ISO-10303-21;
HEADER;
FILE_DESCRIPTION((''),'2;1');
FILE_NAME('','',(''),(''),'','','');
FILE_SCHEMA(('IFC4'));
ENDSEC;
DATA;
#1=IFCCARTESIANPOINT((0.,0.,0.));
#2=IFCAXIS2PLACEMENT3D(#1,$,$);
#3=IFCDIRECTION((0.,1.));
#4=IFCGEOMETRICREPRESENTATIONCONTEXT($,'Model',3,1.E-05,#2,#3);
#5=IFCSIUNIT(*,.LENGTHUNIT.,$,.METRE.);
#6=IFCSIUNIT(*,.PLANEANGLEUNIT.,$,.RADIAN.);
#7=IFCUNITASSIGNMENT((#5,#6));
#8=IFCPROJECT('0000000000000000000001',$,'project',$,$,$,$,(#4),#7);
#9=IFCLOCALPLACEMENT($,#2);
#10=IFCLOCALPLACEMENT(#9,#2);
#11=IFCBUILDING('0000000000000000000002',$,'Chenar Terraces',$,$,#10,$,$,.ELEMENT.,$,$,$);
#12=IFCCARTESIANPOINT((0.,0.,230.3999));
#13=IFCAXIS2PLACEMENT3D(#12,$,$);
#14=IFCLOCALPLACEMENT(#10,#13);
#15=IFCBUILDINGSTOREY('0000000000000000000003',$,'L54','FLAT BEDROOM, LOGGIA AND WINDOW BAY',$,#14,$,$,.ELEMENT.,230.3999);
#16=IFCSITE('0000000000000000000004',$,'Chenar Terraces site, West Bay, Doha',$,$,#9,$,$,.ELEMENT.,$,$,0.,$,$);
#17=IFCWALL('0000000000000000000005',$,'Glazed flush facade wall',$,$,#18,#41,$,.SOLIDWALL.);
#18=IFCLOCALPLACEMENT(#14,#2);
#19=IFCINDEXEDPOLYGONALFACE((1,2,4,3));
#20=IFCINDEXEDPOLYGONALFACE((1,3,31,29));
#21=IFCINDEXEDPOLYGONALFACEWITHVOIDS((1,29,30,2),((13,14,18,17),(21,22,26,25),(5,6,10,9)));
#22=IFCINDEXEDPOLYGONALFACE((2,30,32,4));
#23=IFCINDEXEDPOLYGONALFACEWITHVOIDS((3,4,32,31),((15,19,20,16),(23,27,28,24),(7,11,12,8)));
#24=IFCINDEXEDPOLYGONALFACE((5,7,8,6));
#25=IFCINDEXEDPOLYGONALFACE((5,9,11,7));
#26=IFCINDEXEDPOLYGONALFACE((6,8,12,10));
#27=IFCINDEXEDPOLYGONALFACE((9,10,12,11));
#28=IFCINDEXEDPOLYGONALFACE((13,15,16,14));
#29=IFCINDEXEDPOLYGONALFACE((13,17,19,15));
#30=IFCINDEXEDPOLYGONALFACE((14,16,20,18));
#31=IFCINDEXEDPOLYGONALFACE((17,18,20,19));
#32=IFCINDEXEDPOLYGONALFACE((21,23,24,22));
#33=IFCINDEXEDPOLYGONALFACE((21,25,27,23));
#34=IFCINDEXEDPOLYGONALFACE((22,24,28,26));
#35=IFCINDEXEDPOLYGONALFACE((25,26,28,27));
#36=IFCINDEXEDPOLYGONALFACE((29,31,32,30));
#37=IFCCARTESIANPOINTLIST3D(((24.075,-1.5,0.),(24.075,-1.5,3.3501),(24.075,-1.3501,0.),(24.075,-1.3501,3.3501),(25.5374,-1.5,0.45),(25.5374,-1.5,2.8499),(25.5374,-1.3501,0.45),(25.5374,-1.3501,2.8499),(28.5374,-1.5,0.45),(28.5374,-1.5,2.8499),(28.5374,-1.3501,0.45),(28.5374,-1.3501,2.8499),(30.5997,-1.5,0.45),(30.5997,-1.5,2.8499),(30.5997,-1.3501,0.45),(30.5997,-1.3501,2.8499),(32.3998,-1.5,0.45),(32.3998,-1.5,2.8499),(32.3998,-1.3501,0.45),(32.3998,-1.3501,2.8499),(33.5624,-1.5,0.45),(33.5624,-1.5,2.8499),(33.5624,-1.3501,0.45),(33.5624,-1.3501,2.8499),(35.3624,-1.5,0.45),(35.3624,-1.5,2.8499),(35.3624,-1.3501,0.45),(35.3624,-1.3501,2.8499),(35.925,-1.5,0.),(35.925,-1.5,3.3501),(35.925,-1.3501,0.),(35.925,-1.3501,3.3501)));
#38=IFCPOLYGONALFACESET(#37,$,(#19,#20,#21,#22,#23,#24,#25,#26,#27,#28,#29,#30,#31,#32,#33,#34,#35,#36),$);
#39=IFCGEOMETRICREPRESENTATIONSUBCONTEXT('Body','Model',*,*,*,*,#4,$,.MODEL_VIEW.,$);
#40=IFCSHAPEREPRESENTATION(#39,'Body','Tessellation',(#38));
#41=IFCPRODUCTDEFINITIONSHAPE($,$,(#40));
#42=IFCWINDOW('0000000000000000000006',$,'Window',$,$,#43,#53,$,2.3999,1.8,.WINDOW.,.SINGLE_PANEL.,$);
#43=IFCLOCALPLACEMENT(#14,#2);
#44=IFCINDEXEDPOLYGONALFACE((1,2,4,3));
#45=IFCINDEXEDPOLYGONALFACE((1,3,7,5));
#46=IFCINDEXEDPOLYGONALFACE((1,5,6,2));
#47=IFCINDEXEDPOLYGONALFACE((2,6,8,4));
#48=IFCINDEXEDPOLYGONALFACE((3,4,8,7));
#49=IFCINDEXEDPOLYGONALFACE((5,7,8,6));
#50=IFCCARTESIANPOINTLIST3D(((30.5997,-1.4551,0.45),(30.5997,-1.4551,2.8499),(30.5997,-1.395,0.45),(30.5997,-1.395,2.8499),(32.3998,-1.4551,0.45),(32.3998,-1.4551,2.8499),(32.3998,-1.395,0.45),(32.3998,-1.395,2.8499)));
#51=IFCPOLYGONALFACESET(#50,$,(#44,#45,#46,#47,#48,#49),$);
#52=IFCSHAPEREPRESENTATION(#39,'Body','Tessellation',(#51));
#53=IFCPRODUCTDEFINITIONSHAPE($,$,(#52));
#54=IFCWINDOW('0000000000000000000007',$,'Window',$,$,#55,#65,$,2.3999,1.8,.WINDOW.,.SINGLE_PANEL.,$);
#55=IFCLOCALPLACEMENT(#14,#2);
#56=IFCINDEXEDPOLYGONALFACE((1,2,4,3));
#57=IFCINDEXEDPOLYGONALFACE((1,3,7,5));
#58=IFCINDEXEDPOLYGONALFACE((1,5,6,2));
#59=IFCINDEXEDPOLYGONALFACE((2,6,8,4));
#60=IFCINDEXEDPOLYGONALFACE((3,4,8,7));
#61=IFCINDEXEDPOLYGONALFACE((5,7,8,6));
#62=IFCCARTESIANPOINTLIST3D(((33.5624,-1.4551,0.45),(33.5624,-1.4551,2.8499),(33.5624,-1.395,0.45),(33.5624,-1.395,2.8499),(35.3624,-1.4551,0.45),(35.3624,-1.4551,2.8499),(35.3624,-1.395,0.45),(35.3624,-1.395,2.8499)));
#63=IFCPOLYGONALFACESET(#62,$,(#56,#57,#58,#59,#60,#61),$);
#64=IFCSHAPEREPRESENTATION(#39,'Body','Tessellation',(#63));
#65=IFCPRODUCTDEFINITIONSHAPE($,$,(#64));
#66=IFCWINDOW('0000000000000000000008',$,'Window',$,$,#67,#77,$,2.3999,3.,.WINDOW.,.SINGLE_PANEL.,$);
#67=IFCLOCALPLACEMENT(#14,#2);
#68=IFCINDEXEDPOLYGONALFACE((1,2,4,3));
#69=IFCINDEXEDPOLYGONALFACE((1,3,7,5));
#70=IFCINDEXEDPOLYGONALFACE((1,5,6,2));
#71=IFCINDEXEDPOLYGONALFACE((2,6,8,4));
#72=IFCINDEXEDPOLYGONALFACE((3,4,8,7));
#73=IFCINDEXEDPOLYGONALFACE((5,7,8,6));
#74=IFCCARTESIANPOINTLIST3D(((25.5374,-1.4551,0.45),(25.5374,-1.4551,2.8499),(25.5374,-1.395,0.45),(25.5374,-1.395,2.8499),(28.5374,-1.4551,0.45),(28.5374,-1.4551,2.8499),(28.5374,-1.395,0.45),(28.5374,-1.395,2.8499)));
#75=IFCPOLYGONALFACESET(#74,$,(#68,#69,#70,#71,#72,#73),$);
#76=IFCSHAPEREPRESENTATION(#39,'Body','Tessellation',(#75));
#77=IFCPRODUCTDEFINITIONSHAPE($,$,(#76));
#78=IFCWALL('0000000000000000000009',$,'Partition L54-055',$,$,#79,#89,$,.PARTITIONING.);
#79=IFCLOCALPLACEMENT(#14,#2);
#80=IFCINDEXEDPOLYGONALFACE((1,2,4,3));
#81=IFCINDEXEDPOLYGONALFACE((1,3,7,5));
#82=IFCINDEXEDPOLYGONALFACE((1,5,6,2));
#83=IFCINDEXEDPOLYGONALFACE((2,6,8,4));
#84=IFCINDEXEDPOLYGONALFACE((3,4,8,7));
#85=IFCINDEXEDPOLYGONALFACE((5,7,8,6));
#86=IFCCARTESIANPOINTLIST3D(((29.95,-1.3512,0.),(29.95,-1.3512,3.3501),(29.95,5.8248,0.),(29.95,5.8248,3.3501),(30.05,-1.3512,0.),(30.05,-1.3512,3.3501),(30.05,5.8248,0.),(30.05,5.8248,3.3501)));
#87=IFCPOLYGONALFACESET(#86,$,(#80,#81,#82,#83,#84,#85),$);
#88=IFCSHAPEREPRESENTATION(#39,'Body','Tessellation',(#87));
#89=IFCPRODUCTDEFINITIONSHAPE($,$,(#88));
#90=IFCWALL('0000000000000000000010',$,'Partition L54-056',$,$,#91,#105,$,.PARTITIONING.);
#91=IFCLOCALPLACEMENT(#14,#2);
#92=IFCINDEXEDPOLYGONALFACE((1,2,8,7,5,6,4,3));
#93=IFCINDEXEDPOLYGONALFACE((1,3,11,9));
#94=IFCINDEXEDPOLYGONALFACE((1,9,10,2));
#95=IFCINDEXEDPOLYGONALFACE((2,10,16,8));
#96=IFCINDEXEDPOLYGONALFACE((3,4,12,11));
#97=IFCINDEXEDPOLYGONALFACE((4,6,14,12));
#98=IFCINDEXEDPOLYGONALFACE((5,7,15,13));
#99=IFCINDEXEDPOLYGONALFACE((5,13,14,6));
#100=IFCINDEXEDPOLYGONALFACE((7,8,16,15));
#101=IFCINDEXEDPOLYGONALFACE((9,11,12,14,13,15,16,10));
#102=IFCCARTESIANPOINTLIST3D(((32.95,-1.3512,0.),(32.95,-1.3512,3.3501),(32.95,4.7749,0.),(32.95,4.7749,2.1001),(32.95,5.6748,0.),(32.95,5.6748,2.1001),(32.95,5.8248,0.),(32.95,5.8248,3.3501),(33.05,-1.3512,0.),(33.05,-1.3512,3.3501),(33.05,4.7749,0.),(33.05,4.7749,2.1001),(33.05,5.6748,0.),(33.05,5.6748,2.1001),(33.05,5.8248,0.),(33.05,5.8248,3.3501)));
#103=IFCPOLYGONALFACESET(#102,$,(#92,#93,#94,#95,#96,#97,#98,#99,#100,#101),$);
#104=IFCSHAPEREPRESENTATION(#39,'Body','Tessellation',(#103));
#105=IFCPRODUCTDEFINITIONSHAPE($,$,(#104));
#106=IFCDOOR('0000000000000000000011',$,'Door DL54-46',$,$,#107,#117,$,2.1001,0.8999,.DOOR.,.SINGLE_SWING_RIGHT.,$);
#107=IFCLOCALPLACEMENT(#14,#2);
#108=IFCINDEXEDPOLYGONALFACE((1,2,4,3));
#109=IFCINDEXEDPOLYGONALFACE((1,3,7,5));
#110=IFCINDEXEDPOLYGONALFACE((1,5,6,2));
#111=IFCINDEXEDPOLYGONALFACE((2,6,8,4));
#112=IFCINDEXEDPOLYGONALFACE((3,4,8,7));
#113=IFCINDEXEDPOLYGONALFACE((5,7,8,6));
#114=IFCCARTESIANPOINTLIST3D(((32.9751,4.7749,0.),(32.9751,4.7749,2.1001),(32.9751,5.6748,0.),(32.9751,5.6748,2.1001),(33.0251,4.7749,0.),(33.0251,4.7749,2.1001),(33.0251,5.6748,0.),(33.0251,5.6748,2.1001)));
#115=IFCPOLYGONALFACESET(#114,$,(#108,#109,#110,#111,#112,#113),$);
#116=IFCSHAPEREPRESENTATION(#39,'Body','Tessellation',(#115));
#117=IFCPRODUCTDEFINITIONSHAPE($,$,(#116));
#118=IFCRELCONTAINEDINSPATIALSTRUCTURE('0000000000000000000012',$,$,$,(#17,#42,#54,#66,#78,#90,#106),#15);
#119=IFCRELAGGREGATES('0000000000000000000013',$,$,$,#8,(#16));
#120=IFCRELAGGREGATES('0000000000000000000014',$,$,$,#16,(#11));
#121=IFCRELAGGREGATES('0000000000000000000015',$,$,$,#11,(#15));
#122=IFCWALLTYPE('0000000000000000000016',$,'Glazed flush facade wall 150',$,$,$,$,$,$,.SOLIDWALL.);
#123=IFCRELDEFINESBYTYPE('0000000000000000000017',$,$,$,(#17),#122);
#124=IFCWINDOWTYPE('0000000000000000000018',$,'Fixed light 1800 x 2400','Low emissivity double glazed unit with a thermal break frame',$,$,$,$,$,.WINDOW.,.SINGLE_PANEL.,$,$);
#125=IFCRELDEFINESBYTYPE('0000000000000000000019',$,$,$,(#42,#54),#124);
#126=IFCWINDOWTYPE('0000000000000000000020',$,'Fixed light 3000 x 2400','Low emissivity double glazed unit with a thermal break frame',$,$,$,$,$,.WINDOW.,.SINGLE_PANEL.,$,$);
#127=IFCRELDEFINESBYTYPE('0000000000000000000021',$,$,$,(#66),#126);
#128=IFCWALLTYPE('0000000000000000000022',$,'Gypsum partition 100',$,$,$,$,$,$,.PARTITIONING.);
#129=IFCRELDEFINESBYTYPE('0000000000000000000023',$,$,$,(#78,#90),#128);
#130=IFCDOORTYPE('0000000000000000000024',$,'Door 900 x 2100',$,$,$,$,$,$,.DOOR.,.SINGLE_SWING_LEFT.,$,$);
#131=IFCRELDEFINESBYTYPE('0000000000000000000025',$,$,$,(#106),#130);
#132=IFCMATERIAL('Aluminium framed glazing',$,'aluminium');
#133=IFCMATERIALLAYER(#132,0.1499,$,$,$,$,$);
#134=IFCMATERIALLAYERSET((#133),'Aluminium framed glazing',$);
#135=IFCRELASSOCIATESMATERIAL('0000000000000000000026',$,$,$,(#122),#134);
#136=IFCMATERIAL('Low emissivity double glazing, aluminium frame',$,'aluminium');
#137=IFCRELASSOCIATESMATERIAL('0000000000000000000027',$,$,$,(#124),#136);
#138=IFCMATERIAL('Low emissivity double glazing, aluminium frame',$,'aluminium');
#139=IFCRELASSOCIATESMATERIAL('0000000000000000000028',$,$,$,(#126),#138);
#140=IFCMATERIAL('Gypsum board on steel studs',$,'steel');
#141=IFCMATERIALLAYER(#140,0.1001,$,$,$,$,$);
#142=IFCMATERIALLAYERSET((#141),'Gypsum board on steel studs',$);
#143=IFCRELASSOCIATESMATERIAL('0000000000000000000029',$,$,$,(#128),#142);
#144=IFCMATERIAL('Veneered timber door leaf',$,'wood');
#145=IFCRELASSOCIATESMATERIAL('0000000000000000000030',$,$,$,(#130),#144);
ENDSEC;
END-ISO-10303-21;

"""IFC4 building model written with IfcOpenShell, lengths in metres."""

from ifc_helpers import new_model, si_unit, direction, frame, frame_2d, origin, place, context, subcontext, project, spatial, rectangle, extrude, material, layer, layer_set, type_object, element, fill, save


model = new_model("IFC4")

# Units and contexts
model_context = context("Model", 3, precision=1e-05, world=origin(), true_north=direction((0.0, 1.0)))
body_context = subcontext(model_context, "Body", "Model", "MODEL_VIEW")
ifc_project = project(units=[si_unit("LENGTHUNIT", "METRE"), si_unit("PLANEANGLEUNIT", "RADIAN")], contexts=[model_context])

# Site, building, storey
site_placement = place(None, origin())
site = spatial("IfcSite", under=ifc_project, at=site_placement, Name="Chenar Terraces site, West Bay, Doha", CompositionType="ELEMENT", RefElevation=0.0)
building_placement = place(site_placement, origin())
building = spatial("IfcBuilding", under=site, at=building_placement, Name="Chenar Terraces", CompositionType="ELEMENT")
storey_placement = place(building_placement, frame((0.0, 0.0, 230.3999)))
storey = spatial("IfcBuildingStorey", under=building, at=storey_placement, Name="L54", Description="FLAT BEDROOM, LOGGIA AND WINDOW BAY", CompositionType="ELEMENT", Elevation=230.3999)

# Wall, openings, windows
ifc_material_1 = material(Name="Aluminium framed glazing", Category="aluminium")
ifc_layer_1 = layer(ifc_material_1, 0.1499)
ifc_layer_set_1 = layer_set([ifc_layer_1], Name="Aluminium framed glazing")
wall_type_1 = type_object("IfcWallType", Name="Glazed flush facade wall 150", PredefinedType="SOLIDWALL", material=ifc_layer_set_1)
wall_1_placement = place(storey_placement, frame((24.075, -1.425, 0.0), z_axis=(0.0, 0.0, 1.0), x_axis=(1.0, 0.0, 0.0)))
wall_1 = element("IfcWall", 1, at=wall_1_placement, inside=storey, type_object=wall_type_1, Name="Glazed flush facade wall", PredefinedType="SOLIDWALL", context=body_context, shape_type="SweptSolid", body=[
    extrude(rectangle(XDim=11.8501, YDim=0.1499, at=frame_2d((5.925, 0.0))), origin(), (0.0, 0.0, 1.0), 3.3501),
])
opening_1_placement = place(wall_1_placement, frame((1.4624, 0.0, 0.45)))
opening_1 = element("IfcOpeningElement", 2, at=opening_1_placement, cuts=wall_1, PredefinedType="OPENING", context=body_context, shape_type="SweptSolid", body=[
    extrude(rectangle(XDim=3.0, YDim=2.3999, at=frame_2d((1.5, 1.2))), frame((0.0, 0.085, 0.0), z_axis=(0.0, -1.0, 0.0), x_axis=(1.0, 0.0, 0.0)), (0.0, 0.0, 1.0), 0.1699),
])
opening_2_placement = place(wall_1_placement, frame((6.5249, 0.0, 0.45)))
opening_2 = element("IfcOpeningElement", 3, at=opening_2_placement, cuts=wall_1, PredefinedType="OPENING", context=body_context, shape_type="SweptSolid", body=[
    extrude(rectangle(XDim=1.8, YDim=2.3999, at=frame_2d((0.8999, 1.2))), frame((0.0, 0.085, 0.0), z_axis=(0.0, -1.0, 0.0), x_axis=(1.0, 0.0, 0.0)), (0.0, 0.0, 1.0), 0.1699),
])
opening_3_placement = place(wall_1_placement, frame((9.4875, 0.0, 0.45)))
opening_3 = element("IfcOpeningElement", 4, at=opening_3_placement, cuts=wall_1, PredefinedType="OPENING", context=body_context, shape_type="SweptSolid", body=[
    extrude(rectangle(XDim=1.8, YDim=2.3999, at=frame_2d((0.8999, 1.2))), frame((0.0, 0.085, 0.0), z_axis=(0.0, -1.0, 0.0), x_axis=(1.0, 0.0, 0.0)), (0.0, 0.0, 1.0), 0.1699),
])
ifc_material_2 = material(Name="Low emissivity double glazing, aluminium frame", Category="aluminium")
window_type_1 = type_object("IfcWindowType", Name="Fixed light 1800 x 2400", Description="Low emissivity double glazed unit with a thermal break frame", PartitioningType="SINGLE_PANEL", PredefinedType="WINDOW", material=ifc_material_2)
window_1_placement = place(opening_2_placement, origin())
window_1 = element("IfcWindow", 5, at=window_1_placement, inside=storey, type_object=window_type_1, Name="Window", OverallHeight=2.3999, OverallWidth=1.8, PartitioningType="SINGLE_PANEL", PredefinedType="WINDOW", context=body_context, shape_type="SweptSolid", body=[
    extrude(rectangle(XDim=1.8, YDim=2.3999, at=frame_2d((0.8999, 1.2))), frame((0.0, 0.03, 0.0), z_axis=(0.0, -1.0, 0.0), x_axis=(1.0, 0.0, 0.0)), (0.0, 0.0, 1.0), 0.0601),
])
fill(opening_2, window_1)
window_2_placement = place(opening_3_placement, origin())
window_2 = element("IfcWindow", 6, at=window_2_placement, inside=storey, type_object=window_type_1, Name="Window", OverallHeight=2.3999, OverallWidth=1.8, PartitioningType="SINGLE_PANEL", PredefinedType="WINDOW", context=body_context, shape_type="SweptSolid", body=[
    extrude(rectangle(XDim=1.8, YDim=2.3999, at=frame_2d((0.8999, 1.2))), frame((0.0, 0.03, 0.0), z_axis=(0.0, -1.0, 0.0), x_axis=(1.0, 0.0, 0.0)), (0.0, 0.0, 1.0), 0.0601),
])
fill(opening_3, window_2)
ifc_material_3 = material(Name="Low emissivity double glazing, aluminium frame", Category="aluminium")
window_type_2 = type_object("IfcWindowType", Name="Fixed light 3000 x 2400", Description="Low emissivity double glazed unit with a thermal break frame", PartitioningType="SINGLE_PANEL", PredefinedType="WINDOW", material=ifc_material_3)
window_3_placement = place(opening_1_placement, origin())
window_3 = element("IfcWindow", 7, at=window_3_placement, inside=storey, type_object=window_type_2, Name="Window", OverallHeight=2.3999, OverallWidth=3.0, PartitioningType="SINGLE_PANEL", PredefinedType="WINDOW", context=body_context, shape_type="SweptSolid", body=[
    extrude(rectangle(XDim=3.0, YDim=2.3999, at=frame_2d((1.5, 1.2))), frame((0.0, 0.03, 0.0), z_axis=(0.0, -1.0, 0.0), x_axis=(1.0, 0.0, 0.0)), (0.0, 0.0, 1.0), 0.0601),
])
fill(opening_1, window_3)

# Wall
ifc_material_4 = material(Name="Gypsum board on steel studs", Category="steel")
ifc_layer_2 = layer(ifc_material_4, 0.1001)
ifc_layer_set_2 = layer_set([ifc_layer_2], Name="Gypsum board on steel studs")
wall_type_2 = type_object("IfcWallType", Name="Gypsum partition 100", PredefinedType="PARTITIONING", material=ifc_layer_set_2)
wall_2_placement = place(storey_placement, frame((30.0, -1.3511, 0.0), z_axis=(0.0, 0.0, 1.0), x_axis=(0.0, 1.0, 0.0)))
element("IfcWall", 8, at=wall_2_placement, inside=storey, type_object=wall_type_2, Name="Partition L54-055", PredefinedType="PARTITIONING", context=body_context, shape_type="SweptSolid", body=[
    extrude(rectangle(XDim=7.176, YDim=0.1001, at=frame_2d((3.5879, 0.0))), origin(), (0.0, 0.0, 1.0), 3.3501),
])

# Wall, opening, door
wall_3_placement = place(storey_placement, frame((33.0, -1.3511, 0.0), z_axis=(0.0, 0.0, 1.0), x_axis=(0.0, 1.0, 0.0)))
wall_3 = element("IfcWall", 9, at=wall_3_placement, inside=storey, type_object=wall_type_2, Name="Partition L54-056", PredefinedType="PARTITIONING", context=body_context, shape_type="SweptSolid", body=[
    extrude(rectangle(XDim=7.176, YDim=0.1001, at=frame_2d((3.5879, 0.0))), origin(), (0.0, 0.0, 1.0), 3.3501),
])
opening_4_placement = place(wall_3_placement, frame((6.126, 0.0, 0.0)))
opening_4 = element("IfcOpeningElement", 10, at=opening_4_placement, cuts=wall_3, PredefinedType="OPENING", context=body_context, shape_type="SweptSolid", body=[
    extrude(rectangle(XDim=0.8999, YDim=2.1001, at=frame_2d((0.45, 1.05))), frame((0.0, 0.0601, 0.0), z_axis=(0.0, -1.0, 0.0), x_axis=(1.0, 0.0, 0.0)), (0.0, 0.0, 1.0), 0.1201),
])
ifc_material_5 = material(Name="Veneered timber door leaf", Category="wood")
door_type_1 = type_object("IfcDoorType", Name="Door 900 x 2100", OperationType="SINGLE_SWING_LEFT", PredefinedType="DOOR", material=ifc_material_5)
door_1_placement = place(opening_4_placement, origin())
door_1 = element("IfcDoor", 11, at=door_1_placement, inside=storey, type_object=door_type_1, Name="Door DL54-46", OperationType="SINGLE_SWING_RIGHT", OverallHeight=2.1001, OverallWidth=0.8999, PredefinedType="DOOR", context=body_context, shape_type="SweptSolid", body=[
    extrude(rectangle(XDim=0.8999, YDim=2.1001, at=frame_2d((0.45, 1.05))), frame((0.0, 0.0249, 0.0), z_axis=(0.0, -1.0, 0.0), x_axis=(1.0, 0.0, 0.0)), (0.0, 0.0, 1.0), 0.05),
])
fill(opening_4, door_1)

save(model, "model.ifc")
